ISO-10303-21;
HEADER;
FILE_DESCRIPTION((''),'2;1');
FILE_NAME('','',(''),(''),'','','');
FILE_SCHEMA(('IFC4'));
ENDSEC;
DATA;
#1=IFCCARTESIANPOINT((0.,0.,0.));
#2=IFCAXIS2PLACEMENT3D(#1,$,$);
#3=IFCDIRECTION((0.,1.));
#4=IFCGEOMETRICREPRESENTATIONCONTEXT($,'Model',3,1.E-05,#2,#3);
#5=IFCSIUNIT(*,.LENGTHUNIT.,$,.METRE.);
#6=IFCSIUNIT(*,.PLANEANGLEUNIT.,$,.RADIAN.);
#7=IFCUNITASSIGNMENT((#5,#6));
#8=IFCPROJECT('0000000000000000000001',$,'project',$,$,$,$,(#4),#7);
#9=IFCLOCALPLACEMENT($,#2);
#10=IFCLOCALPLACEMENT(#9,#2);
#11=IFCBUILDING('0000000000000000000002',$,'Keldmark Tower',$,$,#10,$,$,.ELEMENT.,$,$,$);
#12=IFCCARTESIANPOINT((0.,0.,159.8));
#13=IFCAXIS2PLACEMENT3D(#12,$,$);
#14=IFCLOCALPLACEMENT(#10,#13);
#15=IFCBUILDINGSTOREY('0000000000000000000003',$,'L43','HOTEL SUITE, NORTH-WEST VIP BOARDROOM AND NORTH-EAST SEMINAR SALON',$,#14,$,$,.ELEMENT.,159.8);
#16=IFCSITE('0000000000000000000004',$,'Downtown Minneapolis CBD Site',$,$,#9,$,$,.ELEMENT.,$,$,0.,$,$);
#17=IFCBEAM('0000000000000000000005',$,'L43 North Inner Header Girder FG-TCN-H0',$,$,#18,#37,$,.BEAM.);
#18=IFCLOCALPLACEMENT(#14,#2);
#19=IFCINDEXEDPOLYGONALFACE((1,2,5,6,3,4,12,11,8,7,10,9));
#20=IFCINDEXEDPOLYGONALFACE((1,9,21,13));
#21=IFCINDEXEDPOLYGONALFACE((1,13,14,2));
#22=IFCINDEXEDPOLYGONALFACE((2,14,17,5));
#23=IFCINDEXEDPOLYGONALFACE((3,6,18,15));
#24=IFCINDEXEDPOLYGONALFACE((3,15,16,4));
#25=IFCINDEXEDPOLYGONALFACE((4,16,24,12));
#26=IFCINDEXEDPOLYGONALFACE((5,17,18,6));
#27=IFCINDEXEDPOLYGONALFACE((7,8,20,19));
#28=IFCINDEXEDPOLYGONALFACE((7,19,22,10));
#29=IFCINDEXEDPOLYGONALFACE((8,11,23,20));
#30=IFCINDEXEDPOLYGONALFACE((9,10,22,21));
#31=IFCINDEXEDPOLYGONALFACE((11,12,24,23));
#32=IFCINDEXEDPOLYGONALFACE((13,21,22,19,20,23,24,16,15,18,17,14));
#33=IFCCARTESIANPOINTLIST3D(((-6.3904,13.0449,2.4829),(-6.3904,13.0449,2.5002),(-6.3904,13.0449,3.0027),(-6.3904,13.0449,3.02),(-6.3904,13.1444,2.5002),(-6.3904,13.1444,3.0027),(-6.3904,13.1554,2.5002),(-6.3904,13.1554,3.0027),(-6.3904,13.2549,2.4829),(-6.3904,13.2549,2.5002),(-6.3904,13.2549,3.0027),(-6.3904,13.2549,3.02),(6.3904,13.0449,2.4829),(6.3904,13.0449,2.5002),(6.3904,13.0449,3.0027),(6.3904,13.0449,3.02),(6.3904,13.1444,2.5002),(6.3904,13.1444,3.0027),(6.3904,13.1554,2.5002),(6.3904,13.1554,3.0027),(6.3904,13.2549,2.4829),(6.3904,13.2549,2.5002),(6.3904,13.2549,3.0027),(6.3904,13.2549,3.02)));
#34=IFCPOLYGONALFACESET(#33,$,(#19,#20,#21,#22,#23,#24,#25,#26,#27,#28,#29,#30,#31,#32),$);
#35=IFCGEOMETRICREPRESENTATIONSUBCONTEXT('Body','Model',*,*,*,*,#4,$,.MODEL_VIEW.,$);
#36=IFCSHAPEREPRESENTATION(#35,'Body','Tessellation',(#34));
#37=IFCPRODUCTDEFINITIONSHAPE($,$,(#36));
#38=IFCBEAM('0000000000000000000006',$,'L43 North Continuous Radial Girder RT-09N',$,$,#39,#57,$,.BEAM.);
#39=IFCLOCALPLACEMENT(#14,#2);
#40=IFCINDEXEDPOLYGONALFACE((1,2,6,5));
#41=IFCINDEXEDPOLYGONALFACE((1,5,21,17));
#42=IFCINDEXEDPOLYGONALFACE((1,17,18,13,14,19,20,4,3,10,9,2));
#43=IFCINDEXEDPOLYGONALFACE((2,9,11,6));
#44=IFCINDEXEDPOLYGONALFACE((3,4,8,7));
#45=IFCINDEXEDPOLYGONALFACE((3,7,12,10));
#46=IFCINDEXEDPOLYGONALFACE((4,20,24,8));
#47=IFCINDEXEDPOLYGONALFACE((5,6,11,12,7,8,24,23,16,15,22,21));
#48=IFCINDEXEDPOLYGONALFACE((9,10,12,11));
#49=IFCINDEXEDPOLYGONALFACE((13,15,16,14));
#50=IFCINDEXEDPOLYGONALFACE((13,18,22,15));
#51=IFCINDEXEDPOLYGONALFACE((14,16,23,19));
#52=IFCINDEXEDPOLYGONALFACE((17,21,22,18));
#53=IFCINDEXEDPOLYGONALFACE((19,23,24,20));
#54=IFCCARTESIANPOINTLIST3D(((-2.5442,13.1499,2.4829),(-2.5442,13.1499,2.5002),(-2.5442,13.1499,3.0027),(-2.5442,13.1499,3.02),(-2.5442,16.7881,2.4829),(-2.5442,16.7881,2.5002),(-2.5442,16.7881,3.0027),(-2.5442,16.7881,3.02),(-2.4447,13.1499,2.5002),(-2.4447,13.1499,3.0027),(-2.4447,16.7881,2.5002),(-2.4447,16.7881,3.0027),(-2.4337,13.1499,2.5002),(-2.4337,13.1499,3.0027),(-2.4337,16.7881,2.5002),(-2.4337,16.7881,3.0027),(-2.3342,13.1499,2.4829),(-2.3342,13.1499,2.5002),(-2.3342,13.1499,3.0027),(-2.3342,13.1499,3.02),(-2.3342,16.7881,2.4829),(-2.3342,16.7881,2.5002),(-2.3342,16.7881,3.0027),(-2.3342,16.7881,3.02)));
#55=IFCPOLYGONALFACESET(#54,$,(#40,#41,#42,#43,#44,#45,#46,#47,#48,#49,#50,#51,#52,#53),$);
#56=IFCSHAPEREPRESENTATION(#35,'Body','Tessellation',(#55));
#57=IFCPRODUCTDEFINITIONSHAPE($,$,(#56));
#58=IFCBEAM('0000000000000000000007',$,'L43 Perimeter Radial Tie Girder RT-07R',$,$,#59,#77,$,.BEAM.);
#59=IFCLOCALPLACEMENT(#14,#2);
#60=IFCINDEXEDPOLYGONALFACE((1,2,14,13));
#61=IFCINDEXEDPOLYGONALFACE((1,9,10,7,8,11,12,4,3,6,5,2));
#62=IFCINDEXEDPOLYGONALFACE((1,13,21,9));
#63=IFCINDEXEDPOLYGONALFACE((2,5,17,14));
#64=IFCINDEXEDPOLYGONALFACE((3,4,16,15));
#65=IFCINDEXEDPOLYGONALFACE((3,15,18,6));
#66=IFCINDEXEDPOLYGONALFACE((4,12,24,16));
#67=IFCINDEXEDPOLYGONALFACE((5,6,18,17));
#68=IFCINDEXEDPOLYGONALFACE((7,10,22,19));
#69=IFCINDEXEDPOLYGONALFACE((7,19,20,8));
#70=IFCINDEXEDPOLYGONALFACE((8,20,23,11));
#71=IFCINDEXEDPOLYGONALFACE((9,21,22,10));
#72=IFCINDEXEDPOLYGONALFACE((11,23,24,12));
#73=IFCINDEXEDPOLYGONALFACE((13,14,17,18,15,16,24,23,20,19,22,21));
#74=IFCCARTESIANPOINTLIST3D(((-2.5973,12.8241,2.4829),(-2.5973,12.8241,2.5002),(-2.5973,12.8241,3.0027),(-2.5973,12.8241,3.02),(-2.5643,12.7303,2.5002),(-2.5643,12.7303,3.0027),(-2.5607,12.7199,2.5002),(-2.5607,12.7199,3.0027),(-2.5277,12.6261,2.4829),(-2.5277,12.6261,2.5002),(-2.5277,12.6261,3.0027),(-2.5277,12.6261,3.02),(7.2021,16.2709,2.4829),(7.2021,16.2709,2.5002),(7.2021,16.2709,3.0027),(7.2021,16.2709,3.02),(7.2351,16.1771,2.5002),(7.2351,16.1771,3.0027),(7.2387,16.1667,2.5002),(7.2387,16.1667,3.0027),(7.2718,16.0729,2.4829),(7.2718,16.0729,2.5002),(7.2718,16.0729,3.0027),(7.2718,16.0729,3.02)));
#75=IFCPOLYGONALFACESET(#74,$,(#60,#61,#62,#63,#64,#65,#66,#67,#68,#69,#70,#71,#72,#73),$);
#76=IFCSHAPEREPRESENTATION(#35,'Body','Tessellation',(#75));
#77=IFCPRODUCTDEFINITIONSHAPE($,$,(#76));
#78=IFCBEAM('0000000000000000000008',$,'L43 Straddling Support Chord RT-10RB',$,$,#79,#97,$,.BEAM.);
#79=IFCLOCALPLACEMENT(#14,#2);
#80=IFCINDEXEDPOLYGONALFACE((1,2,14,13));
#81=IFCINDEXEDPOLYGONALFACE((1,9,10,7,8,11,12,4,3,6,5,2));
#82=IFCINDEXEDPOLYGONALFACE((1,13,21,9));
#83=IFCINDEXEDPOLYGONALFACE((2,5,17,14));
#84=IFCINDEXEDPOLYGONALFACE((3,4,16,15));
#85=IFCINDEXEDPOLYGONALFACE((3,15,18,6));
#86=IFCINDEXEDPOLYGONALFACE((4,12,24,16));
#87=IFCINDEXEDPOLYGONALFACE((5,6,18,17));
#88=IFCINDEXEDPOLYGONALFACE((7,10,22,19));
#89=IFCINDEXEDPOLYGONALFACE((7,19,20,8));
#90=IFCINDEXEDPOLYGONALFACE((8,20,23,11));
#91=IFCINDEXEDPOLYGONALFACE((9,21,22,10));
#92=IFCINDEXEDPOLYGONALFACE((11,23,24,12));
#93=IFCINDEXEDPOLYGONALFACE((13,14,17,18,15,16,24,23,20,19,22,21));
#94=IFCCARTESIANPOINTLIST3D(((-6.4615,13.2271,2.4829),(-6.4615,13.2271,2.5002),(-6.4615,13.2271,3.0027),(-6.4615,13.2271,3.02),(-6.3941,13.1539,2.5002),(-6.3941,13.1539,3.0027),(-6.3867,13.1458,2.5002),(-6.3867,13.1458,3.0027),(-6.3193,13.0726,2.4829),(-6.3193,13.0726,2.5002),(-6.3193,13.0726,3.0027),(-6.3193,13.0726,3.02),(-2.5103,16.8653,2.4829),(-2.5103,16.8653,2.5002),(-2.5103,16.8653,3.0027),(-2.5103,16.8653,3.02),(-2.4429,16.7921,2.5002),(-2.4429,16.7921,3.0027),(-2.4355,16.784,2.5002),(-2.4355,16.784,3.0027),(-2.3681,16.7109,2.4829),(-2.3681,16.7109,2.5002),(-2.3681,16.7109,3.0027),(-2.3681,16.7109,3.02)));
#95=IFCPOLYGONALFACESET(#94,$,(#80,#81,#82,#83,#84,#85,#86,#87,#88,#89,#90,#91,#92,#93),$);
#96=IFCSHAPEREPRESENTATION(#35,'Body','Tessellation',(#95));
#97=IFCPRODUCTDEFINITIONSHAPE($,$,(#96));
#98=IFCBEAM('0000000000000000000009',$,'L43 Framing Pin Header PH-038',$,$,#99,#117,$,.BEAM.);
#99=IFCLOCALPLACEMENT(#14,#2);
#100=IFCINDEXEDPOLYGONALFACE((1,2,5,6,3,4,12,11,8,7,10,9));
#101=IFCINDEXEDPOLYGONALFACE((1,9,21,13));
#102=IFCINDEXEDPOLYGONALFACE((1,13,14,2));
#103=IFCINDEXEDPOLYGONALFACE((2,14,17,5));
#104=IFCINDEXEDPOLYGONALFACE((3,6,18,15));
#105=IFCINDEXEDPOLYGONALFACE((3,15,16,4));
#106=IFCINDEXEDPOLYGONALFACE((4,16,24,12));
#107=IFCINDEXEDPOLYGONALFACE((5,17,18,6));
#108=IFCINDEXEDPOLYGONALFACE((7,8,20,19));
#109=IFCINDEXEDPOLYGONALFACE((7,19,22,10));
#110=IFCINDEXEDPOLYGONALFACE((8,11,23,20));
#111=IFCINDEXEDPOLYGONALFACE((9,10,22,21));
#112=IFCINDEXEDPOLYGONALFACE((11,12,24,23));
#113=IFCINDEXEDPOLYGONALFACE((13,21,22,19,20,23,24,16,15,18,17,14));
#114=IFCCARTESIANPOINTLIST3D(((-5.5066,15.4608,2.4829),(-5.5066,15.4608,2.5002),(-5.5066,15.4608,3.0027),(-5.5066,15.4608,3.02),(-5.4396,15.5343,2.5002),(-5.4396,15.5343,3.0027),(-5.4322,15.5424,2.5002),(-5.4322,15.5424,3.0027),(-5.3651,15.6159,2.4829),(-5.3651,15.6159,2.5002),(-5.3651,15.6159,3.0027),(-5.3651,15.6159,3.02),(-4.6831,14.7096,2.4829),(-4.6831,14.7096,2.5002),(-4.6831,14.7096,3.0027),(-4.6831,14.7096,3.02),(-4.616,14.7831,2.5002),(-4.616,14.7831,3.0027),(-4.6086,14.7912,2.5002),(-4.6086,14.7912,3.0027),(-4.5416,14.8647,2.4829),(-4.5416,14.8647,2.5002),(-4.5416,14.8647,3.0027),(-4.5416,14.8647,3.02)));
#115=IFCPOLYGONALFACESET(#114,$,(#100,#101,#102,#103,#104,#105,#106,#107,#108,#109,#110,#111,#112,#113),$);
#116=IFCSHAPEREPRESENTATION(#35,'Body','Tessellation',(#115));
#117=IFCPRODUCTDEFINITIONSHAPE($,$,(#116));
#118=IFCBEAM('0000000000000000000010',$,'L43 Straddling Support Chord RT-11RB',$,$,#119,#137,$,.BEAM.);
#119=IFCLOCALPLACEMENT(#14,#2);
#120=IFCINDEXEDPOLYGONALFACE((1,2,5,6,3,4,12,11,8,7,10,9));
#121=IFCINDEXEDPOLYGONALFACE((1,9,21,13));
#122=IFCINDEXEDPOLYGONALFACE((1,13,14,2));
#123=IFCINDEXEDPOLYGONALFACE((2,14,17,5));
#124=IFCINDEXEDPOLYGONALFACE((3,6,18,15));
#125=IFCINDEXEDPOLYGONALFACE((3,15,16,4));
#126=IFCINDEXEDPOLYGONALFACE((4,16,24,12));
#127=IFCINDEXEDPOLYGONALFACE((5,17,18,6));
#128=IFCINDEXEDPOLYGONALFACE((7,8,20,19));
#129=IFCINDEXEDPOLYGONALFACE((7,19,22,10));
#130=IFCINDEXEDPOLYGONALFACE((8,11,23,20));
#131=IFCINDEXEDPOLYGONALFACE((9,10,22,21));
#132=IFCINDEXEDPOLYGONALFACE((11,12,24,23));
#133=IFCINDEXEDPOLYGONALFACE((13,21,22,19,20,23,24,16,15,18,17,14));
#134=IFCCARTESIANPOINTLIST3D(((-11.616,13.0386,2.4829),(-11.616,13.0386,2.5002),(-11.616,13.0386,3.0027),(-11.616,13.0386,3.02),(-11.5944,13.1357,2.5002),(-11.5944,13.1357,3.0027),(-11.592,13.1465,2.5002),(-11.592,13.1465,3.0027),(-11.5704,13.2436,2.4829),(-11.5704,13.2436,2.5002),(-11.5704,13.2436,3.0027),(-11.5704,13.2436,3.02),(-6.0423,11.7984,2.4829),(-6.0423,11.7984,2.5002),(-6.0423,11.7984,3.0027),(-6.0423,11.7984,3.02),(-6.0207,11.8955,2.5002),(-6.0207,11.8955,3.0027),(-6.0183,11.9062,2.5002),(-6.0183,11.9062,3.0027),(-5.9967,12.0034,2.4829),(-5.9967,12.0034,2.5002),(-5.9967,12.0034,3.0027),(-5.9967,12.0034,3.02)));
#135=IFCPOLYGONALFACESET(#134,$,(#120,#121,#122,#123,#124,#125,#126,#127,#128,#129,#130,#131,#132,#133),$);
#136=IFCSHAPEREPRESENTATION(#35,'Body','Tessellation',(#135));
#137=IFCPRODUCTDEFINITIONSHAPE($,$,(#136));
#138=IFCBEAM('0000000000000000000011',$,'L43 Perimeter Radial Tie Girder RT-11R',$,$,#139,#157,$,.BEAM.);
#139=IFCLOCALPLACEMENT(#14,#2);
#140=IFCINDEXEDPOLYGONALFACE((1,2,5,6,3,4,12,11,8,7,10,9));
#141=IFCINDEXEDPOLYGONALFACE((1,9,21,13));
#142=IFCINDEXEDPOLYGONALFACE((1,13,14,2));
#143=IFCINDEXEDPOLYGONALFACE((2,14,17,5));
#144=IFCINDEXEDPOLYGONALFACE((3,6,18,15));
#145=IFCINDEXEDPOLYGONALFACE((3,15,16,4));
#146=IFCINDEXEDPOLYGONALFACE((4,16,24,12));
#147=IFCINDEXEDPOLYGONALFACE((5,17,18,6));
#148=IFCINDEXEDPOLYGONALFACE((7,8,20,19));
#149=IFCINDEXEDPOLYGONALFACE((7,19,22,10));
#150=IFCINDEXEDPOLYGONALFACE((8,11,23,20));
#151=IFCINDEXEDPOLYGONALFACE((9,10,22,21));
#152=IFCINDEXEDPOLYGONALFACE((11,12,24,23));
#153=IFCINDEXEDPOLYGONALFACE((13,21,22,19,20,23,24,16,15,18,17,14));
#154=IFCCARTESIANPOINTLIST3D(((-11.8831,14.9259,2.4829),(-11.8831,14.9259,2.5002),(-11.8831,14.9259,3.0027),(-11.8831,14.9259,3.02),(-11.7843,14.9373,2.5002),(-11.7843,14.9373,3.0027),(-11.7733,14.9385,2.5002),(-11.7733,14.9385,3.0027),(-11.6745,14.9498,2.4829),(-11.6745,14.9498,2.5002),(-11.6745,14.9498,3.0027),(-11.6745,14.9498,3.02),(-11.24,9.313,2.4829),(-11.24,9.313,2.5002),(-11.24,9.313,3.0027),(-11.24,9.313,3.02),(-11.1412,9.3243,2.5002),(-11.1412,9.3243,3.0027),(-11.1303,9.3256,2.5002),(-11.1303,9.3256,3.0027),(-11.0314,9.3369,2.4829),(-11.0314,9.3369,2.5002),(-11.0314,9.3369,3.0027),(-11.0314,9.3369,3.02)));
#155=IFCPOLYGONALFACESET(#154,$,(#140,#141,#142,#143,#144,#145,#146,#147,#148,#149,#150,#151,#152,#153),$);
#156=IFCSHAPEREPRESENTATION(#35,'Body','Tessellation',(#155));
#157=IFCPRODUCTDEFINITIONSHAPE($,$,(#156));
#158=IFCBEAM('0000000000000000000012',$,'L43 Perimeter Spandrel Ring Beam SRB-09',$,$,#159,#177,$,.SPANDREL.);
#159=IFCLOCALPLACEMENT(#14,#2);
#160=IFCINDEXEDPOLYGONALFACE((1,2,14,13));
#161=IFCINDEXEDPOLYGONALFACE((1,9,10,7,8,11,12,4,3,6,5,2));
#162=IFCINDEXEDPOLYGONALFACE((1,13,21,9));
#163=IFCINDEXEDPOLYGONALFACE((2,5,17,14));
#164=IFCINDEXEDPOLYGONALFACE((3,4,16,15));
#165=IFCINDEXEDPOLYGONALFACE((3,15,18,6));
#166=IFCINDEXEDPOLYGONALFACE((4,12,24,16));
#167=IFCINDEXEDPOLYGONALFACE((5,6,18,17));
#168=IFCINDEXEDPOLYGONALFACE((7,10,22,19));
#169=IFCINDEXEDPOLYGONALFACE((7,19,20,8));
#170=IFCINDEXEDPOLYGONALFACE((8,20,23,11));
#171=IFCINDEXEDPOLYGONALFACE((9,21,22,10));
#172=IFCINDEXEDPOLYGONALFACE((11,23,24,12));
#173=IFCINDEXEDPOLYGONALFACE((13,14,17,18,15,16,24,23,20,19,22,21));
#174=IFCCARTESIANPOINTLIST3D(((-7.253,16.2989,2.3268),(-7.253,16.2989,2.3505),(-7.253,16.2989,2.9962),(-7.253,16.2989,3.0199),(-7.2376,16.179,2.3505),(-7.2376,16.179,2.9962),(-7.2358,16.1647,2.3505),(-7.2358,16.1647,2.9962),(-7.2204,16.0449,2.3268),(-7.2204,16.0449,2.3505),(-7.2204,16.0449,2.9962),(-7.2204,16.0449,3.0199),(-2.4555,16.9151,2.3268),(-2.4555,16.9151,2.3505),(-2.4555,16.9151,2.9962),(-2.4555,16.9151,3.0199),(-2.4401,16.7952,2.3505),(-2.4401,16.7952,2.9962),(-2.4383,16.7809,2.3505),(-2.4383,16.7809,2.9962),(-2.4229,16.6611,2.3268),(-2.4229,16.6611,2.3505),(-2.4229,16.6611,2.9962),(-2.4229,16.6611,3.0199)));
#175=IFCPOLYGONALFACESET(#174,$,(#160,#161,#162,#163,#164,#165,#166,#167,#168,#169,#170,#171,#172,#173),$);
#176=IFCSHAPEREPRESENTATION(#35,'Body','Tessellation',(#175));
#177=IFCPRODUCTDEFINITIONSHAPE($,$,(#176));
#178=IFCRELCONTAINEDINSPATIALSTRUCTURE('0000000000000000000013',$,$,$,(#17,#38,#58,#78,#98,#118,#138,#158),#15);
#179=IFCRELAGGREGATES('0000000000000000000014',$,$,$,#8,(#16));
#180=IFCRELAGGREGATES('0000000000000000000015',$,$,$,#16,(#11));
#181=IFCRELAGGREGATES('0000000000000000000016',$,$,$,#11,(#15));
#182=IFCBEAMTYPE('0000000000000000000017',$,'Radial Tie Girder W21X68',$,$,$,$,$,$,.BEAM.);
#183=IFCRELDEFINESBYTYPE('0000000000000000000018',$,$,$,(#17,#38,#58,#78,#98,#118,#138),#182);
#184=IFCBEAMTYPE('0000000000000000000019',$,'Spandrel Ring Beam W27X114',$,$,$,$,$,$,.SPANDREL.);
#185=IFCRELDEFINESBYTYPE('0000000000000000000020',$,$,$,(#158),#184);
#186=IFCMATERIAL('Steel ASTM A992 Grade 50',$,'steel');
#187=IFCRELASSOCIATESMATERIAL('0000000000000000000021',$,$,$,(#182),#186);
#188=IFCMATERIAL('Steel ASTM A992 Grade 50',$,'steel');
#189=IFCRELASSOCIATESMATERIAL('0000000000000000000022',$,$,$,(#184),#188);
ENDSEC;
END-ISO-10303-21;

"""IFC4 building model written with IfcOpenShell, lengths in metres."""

from ifc_helpers import new_model, si_unit, direction, frame, origin, origin_2d, place, context, subcontext, project, spatial, i_section, extrude, material, material_profile, profile_set, type_object, element, save


model = new_model("IFC4")

# Units and contexts
model_context = context("Model", 3, precision=1e-05, world=origin(), true_north=direction((0.0, 1.0)))
body_context = subcontext(model_context, "Body", "Model", "MODEL_VIEW")
ifc_project = project(units=[si_unit("LENGTHUNIT", "METRE"), si_unit("PLANEANGLEUNIT", "RADIAN")], contexts=[model_context])

# Site, building, storey
site_placement = place(None, origin())
site = spatial("IfcSite", under=ifc_project, at=site_placement, Name="Downtown Minneapolis CBD Site", CompositionType="ELEMENT", RefElevation=0.0)
building_placement = place(site_placement, origin())
building = spatial("IfcBuilding", under=site, at=building_placement, Name="Keldmark Tower", CompositionType="ELEMENT")
storey_placement = place(building_placement, frame((0.0, 0.0, 159.8)))
storey = spatial("IfcBuildingStorey", under=building, at=storey_placement, Name="L43", Description="HOTEL SUITE, NORTH-WEST VIP BOARDROOM AND NORTH-EAST SEMINAR SALON", CompositionType="ELEMENT", Elevation=159.8)

# Beams
ifc_material_1 = material(Name="Steel ASTM A992 Grade 50", Category="steel")
ifc_material_profile_1 = material_profile(ifc_material_1, i_section(OverallWidth=0.21, OverallDepth=0.5371, WebThickness=0.011, FlangeThickness=0.0173, at=origin_2d()), Name="W21X68")
ifc_profile_set_1 = profile_set([ifc_material_profile_1], Name="Steel ASTM A992 Grade 50")
beam_type_1 = type_object("IfcBeamType", Name="Radial Tie Girder W21X68", PredefinedType="BEAM", material=ifc_profile_set_1)
beam_1_placement = place(storey_placement, frame((-6.3904, 13.1499, 2.7515), z_axis=(1.0, 0.0, 0.0), x_axis=(0.0, 1.0, 0.0)))
element("IfcBeam", 1, at=beam_1_placement, inside=storey, type_object=beam_type_1, Name="L43 North Inner Header Girder FG-TCN-H0", PredefinedType="BEAM", context=body_context, shape_type="SweptSolid", body=[
    extrude(i_section(OverallWidth=0.21, OverallDepth=0.5371, WebThickness=0.011, FlangeThickness=0.0173, at=origin_2d()), origin(), (0.0, 0.0, 1.0), 12.7808),
])
beam_2_placement = place(storey_placement, frame((-2.4392, 13.1499, 2.7515), z_axis=(0.0, 1.0, 0.0), x_axis=(-1.0, 0.0, 0.0)))
element("IfcBeam", 2, at=beam_2_placement, inside=storey, type_object=beam_type_1, Name="L43 North Continuous Radial Girder RT-09N", PredefinedType="BEAM", context=body_context, shape_type="SweptSolid", body=[
    extrude(i_section(OverallWidth=0.21, OverallDepth=0.5371, WebThickness=0.011, FlangeThickness=0.0173, at=origin_2d()), origin(), (0.0, 0.0, 1.0), 3.6382),
])
beam_3_placement = place(storey_placement, frame((-2.5625, 12.7251, 2.7515), z_axis=(0.943346, 0.331809, 0.0), x_axis=(-0.331809, 0.943346, 0.0)))
element("IfcBeam", 3, at=beam_3_placement, inside=storey, type_object=beam_type_1, Name="L43 Perimeter Radial Tie Girder RT-07R", PredefinedType="BEAM", context=body_context, shape_type="SweptSolid", body=[
    extrude(i_section(OverallWidth=0.21, OverallDepth=0.5371, WebThickness=0.011, FlangeThickness=0.0173, at=origin_2d()), origin(), (0.0, 0.0, 1.0), 10.3879),
])
beam_4_placement = place(storey_placement, frame((-2.4392, 16.7881, 2.7515), z_axis=(-0.735643, -0.67737, 0.0), x_axis=(0.67737, -0.735643, 0.0)))
element("IfcBeam", 4, at=beam_4_placement, inside=storey, type_object=beam_type_1, Name="L43 Straddling Support Chord RT-10RB", PredefinedType="BEAM", context=body_context, shape_type="SweptSolid", body=[
    extrude(i_section(OverallWidth=0.21, OverallDepth=0.5371, WebThickness=0.011, FlangeThickness=0.0173, at=origin_2d()), origin(), (0.0, 0.0, 1.0), 5.3711),
])
beam_5_placement = place(storey_placement, frame((-4.6123, 14.7871, 2.7515), z_axis=(-0.738779, 0.673947, 0.0), x_axis=(-0.673947, -0.738779, 0.0)))
element("IfcBeam", 5, at=beam_5_placement, inside=storey, type_object=beam_type_1, Name="L43 Framing Pin Header PH-038", PredefinedType="BEAM", context=body_context, shape_type="SweptSolid", body=[
    extrude(i_section(OverallWidth=0.21, OverallDepth=0.5371, WebThickness=0.011, FlangeThickness=0.0173, at=origin_2d()), origin(), (0.0, 0.0, 1.0), 1.1147),
])
beam_6_placement = place(storey_placement, frame((-6.0195, 11.9009, 2.7515), z_axis=(-0.976127, 0.217202, 0.0), x_axis=(-0.217202, -0.976127, 0.0)))
element("IfcBeam", 6, at=beam_6_placement, inside=storey, type_object=beam_type_1, Name="L43 Straddling Support Chord RT-11RB", PredefinedType="BEAM", context=body_context, shape_type="SweptSolid", body=[
    extrude(i_section(OverallWidth=0.21, OverallDepth=0.5371, WebThickness=0.011, FlangeThickness=0.0173, at=origin_2d()), origin(), (0.0, 0.0, 1.0), 5.71),
])
beam_7_placement = place(storey_placement, frame((-11.1357, 9.325, 2.7515), z_axis=(-0.113822, 0.993501, 0.0), x_axis=(-0.993501, -0.113822, 0.0)))
element("IfcBeam", 7, at=beam_7_placement, inside=storey, type_object=beam_type_1, Name="L43 Perimeter Radial Tie Girder RT-11R", PredefinedType="BEAM", context=body_context, shape_type="SweptSolid", body=[
    extrude(i_section(OverallWidth=0.21, OverallDepth=0.5371, WebThickness=0.011, FlangeThickness=0.0173, at=origin_2d()), origin(), (0.0, 0.0, 1.0), 5.6497),
])
ifc_material_2 = material(Name="Steel ASTM A992 Grade 50", Category="steel")
ifc_material_profile_2 = material_profile(ifc_material_2, i_section(OverallWidth=0.2561, OverallDepth=0.6931, WebThickness=0.0144, FlangeThickness=0.0237, at=origin_2d()), Name="W27X114")
ifc_profile_set_2 = profile_set([ifc_material_profile_2], Name="Steel ASTM A992 Grade 50")
beam_type_2 = type_object("IfcBeamType", Name="Spandrel Ring Beam W27X114", PredefinedType="SPANDREL", material=ifc_profile_set_2)
beam_8_placement = place(storey_placement, frame((-2.4392, 16.7881, 2.6733), z_axis=(-0.991852, -0.127395, 0.0), x_axis=(0.127395, -0.991852, 0.0)))
element("IfcBeam", 8, at=beam_8_placement, inside=storey, type_object=beam_type_2, Name="L43 Perimeter Spandrel Ring Beam SRB-09", PredefinedType="SPANDREL", context=body_context, shape_type="SweptSolid", body=[
    extrude(i_section(OverallWidth=0.2561, OverallDepth=0.6931, WebThickness=0.0144, FlangeThickness=0.0237, at=origin_2d()), origin(), (0.0, 0.0, 1.0), 4.8369),
])

save(model, "model.ifc")
